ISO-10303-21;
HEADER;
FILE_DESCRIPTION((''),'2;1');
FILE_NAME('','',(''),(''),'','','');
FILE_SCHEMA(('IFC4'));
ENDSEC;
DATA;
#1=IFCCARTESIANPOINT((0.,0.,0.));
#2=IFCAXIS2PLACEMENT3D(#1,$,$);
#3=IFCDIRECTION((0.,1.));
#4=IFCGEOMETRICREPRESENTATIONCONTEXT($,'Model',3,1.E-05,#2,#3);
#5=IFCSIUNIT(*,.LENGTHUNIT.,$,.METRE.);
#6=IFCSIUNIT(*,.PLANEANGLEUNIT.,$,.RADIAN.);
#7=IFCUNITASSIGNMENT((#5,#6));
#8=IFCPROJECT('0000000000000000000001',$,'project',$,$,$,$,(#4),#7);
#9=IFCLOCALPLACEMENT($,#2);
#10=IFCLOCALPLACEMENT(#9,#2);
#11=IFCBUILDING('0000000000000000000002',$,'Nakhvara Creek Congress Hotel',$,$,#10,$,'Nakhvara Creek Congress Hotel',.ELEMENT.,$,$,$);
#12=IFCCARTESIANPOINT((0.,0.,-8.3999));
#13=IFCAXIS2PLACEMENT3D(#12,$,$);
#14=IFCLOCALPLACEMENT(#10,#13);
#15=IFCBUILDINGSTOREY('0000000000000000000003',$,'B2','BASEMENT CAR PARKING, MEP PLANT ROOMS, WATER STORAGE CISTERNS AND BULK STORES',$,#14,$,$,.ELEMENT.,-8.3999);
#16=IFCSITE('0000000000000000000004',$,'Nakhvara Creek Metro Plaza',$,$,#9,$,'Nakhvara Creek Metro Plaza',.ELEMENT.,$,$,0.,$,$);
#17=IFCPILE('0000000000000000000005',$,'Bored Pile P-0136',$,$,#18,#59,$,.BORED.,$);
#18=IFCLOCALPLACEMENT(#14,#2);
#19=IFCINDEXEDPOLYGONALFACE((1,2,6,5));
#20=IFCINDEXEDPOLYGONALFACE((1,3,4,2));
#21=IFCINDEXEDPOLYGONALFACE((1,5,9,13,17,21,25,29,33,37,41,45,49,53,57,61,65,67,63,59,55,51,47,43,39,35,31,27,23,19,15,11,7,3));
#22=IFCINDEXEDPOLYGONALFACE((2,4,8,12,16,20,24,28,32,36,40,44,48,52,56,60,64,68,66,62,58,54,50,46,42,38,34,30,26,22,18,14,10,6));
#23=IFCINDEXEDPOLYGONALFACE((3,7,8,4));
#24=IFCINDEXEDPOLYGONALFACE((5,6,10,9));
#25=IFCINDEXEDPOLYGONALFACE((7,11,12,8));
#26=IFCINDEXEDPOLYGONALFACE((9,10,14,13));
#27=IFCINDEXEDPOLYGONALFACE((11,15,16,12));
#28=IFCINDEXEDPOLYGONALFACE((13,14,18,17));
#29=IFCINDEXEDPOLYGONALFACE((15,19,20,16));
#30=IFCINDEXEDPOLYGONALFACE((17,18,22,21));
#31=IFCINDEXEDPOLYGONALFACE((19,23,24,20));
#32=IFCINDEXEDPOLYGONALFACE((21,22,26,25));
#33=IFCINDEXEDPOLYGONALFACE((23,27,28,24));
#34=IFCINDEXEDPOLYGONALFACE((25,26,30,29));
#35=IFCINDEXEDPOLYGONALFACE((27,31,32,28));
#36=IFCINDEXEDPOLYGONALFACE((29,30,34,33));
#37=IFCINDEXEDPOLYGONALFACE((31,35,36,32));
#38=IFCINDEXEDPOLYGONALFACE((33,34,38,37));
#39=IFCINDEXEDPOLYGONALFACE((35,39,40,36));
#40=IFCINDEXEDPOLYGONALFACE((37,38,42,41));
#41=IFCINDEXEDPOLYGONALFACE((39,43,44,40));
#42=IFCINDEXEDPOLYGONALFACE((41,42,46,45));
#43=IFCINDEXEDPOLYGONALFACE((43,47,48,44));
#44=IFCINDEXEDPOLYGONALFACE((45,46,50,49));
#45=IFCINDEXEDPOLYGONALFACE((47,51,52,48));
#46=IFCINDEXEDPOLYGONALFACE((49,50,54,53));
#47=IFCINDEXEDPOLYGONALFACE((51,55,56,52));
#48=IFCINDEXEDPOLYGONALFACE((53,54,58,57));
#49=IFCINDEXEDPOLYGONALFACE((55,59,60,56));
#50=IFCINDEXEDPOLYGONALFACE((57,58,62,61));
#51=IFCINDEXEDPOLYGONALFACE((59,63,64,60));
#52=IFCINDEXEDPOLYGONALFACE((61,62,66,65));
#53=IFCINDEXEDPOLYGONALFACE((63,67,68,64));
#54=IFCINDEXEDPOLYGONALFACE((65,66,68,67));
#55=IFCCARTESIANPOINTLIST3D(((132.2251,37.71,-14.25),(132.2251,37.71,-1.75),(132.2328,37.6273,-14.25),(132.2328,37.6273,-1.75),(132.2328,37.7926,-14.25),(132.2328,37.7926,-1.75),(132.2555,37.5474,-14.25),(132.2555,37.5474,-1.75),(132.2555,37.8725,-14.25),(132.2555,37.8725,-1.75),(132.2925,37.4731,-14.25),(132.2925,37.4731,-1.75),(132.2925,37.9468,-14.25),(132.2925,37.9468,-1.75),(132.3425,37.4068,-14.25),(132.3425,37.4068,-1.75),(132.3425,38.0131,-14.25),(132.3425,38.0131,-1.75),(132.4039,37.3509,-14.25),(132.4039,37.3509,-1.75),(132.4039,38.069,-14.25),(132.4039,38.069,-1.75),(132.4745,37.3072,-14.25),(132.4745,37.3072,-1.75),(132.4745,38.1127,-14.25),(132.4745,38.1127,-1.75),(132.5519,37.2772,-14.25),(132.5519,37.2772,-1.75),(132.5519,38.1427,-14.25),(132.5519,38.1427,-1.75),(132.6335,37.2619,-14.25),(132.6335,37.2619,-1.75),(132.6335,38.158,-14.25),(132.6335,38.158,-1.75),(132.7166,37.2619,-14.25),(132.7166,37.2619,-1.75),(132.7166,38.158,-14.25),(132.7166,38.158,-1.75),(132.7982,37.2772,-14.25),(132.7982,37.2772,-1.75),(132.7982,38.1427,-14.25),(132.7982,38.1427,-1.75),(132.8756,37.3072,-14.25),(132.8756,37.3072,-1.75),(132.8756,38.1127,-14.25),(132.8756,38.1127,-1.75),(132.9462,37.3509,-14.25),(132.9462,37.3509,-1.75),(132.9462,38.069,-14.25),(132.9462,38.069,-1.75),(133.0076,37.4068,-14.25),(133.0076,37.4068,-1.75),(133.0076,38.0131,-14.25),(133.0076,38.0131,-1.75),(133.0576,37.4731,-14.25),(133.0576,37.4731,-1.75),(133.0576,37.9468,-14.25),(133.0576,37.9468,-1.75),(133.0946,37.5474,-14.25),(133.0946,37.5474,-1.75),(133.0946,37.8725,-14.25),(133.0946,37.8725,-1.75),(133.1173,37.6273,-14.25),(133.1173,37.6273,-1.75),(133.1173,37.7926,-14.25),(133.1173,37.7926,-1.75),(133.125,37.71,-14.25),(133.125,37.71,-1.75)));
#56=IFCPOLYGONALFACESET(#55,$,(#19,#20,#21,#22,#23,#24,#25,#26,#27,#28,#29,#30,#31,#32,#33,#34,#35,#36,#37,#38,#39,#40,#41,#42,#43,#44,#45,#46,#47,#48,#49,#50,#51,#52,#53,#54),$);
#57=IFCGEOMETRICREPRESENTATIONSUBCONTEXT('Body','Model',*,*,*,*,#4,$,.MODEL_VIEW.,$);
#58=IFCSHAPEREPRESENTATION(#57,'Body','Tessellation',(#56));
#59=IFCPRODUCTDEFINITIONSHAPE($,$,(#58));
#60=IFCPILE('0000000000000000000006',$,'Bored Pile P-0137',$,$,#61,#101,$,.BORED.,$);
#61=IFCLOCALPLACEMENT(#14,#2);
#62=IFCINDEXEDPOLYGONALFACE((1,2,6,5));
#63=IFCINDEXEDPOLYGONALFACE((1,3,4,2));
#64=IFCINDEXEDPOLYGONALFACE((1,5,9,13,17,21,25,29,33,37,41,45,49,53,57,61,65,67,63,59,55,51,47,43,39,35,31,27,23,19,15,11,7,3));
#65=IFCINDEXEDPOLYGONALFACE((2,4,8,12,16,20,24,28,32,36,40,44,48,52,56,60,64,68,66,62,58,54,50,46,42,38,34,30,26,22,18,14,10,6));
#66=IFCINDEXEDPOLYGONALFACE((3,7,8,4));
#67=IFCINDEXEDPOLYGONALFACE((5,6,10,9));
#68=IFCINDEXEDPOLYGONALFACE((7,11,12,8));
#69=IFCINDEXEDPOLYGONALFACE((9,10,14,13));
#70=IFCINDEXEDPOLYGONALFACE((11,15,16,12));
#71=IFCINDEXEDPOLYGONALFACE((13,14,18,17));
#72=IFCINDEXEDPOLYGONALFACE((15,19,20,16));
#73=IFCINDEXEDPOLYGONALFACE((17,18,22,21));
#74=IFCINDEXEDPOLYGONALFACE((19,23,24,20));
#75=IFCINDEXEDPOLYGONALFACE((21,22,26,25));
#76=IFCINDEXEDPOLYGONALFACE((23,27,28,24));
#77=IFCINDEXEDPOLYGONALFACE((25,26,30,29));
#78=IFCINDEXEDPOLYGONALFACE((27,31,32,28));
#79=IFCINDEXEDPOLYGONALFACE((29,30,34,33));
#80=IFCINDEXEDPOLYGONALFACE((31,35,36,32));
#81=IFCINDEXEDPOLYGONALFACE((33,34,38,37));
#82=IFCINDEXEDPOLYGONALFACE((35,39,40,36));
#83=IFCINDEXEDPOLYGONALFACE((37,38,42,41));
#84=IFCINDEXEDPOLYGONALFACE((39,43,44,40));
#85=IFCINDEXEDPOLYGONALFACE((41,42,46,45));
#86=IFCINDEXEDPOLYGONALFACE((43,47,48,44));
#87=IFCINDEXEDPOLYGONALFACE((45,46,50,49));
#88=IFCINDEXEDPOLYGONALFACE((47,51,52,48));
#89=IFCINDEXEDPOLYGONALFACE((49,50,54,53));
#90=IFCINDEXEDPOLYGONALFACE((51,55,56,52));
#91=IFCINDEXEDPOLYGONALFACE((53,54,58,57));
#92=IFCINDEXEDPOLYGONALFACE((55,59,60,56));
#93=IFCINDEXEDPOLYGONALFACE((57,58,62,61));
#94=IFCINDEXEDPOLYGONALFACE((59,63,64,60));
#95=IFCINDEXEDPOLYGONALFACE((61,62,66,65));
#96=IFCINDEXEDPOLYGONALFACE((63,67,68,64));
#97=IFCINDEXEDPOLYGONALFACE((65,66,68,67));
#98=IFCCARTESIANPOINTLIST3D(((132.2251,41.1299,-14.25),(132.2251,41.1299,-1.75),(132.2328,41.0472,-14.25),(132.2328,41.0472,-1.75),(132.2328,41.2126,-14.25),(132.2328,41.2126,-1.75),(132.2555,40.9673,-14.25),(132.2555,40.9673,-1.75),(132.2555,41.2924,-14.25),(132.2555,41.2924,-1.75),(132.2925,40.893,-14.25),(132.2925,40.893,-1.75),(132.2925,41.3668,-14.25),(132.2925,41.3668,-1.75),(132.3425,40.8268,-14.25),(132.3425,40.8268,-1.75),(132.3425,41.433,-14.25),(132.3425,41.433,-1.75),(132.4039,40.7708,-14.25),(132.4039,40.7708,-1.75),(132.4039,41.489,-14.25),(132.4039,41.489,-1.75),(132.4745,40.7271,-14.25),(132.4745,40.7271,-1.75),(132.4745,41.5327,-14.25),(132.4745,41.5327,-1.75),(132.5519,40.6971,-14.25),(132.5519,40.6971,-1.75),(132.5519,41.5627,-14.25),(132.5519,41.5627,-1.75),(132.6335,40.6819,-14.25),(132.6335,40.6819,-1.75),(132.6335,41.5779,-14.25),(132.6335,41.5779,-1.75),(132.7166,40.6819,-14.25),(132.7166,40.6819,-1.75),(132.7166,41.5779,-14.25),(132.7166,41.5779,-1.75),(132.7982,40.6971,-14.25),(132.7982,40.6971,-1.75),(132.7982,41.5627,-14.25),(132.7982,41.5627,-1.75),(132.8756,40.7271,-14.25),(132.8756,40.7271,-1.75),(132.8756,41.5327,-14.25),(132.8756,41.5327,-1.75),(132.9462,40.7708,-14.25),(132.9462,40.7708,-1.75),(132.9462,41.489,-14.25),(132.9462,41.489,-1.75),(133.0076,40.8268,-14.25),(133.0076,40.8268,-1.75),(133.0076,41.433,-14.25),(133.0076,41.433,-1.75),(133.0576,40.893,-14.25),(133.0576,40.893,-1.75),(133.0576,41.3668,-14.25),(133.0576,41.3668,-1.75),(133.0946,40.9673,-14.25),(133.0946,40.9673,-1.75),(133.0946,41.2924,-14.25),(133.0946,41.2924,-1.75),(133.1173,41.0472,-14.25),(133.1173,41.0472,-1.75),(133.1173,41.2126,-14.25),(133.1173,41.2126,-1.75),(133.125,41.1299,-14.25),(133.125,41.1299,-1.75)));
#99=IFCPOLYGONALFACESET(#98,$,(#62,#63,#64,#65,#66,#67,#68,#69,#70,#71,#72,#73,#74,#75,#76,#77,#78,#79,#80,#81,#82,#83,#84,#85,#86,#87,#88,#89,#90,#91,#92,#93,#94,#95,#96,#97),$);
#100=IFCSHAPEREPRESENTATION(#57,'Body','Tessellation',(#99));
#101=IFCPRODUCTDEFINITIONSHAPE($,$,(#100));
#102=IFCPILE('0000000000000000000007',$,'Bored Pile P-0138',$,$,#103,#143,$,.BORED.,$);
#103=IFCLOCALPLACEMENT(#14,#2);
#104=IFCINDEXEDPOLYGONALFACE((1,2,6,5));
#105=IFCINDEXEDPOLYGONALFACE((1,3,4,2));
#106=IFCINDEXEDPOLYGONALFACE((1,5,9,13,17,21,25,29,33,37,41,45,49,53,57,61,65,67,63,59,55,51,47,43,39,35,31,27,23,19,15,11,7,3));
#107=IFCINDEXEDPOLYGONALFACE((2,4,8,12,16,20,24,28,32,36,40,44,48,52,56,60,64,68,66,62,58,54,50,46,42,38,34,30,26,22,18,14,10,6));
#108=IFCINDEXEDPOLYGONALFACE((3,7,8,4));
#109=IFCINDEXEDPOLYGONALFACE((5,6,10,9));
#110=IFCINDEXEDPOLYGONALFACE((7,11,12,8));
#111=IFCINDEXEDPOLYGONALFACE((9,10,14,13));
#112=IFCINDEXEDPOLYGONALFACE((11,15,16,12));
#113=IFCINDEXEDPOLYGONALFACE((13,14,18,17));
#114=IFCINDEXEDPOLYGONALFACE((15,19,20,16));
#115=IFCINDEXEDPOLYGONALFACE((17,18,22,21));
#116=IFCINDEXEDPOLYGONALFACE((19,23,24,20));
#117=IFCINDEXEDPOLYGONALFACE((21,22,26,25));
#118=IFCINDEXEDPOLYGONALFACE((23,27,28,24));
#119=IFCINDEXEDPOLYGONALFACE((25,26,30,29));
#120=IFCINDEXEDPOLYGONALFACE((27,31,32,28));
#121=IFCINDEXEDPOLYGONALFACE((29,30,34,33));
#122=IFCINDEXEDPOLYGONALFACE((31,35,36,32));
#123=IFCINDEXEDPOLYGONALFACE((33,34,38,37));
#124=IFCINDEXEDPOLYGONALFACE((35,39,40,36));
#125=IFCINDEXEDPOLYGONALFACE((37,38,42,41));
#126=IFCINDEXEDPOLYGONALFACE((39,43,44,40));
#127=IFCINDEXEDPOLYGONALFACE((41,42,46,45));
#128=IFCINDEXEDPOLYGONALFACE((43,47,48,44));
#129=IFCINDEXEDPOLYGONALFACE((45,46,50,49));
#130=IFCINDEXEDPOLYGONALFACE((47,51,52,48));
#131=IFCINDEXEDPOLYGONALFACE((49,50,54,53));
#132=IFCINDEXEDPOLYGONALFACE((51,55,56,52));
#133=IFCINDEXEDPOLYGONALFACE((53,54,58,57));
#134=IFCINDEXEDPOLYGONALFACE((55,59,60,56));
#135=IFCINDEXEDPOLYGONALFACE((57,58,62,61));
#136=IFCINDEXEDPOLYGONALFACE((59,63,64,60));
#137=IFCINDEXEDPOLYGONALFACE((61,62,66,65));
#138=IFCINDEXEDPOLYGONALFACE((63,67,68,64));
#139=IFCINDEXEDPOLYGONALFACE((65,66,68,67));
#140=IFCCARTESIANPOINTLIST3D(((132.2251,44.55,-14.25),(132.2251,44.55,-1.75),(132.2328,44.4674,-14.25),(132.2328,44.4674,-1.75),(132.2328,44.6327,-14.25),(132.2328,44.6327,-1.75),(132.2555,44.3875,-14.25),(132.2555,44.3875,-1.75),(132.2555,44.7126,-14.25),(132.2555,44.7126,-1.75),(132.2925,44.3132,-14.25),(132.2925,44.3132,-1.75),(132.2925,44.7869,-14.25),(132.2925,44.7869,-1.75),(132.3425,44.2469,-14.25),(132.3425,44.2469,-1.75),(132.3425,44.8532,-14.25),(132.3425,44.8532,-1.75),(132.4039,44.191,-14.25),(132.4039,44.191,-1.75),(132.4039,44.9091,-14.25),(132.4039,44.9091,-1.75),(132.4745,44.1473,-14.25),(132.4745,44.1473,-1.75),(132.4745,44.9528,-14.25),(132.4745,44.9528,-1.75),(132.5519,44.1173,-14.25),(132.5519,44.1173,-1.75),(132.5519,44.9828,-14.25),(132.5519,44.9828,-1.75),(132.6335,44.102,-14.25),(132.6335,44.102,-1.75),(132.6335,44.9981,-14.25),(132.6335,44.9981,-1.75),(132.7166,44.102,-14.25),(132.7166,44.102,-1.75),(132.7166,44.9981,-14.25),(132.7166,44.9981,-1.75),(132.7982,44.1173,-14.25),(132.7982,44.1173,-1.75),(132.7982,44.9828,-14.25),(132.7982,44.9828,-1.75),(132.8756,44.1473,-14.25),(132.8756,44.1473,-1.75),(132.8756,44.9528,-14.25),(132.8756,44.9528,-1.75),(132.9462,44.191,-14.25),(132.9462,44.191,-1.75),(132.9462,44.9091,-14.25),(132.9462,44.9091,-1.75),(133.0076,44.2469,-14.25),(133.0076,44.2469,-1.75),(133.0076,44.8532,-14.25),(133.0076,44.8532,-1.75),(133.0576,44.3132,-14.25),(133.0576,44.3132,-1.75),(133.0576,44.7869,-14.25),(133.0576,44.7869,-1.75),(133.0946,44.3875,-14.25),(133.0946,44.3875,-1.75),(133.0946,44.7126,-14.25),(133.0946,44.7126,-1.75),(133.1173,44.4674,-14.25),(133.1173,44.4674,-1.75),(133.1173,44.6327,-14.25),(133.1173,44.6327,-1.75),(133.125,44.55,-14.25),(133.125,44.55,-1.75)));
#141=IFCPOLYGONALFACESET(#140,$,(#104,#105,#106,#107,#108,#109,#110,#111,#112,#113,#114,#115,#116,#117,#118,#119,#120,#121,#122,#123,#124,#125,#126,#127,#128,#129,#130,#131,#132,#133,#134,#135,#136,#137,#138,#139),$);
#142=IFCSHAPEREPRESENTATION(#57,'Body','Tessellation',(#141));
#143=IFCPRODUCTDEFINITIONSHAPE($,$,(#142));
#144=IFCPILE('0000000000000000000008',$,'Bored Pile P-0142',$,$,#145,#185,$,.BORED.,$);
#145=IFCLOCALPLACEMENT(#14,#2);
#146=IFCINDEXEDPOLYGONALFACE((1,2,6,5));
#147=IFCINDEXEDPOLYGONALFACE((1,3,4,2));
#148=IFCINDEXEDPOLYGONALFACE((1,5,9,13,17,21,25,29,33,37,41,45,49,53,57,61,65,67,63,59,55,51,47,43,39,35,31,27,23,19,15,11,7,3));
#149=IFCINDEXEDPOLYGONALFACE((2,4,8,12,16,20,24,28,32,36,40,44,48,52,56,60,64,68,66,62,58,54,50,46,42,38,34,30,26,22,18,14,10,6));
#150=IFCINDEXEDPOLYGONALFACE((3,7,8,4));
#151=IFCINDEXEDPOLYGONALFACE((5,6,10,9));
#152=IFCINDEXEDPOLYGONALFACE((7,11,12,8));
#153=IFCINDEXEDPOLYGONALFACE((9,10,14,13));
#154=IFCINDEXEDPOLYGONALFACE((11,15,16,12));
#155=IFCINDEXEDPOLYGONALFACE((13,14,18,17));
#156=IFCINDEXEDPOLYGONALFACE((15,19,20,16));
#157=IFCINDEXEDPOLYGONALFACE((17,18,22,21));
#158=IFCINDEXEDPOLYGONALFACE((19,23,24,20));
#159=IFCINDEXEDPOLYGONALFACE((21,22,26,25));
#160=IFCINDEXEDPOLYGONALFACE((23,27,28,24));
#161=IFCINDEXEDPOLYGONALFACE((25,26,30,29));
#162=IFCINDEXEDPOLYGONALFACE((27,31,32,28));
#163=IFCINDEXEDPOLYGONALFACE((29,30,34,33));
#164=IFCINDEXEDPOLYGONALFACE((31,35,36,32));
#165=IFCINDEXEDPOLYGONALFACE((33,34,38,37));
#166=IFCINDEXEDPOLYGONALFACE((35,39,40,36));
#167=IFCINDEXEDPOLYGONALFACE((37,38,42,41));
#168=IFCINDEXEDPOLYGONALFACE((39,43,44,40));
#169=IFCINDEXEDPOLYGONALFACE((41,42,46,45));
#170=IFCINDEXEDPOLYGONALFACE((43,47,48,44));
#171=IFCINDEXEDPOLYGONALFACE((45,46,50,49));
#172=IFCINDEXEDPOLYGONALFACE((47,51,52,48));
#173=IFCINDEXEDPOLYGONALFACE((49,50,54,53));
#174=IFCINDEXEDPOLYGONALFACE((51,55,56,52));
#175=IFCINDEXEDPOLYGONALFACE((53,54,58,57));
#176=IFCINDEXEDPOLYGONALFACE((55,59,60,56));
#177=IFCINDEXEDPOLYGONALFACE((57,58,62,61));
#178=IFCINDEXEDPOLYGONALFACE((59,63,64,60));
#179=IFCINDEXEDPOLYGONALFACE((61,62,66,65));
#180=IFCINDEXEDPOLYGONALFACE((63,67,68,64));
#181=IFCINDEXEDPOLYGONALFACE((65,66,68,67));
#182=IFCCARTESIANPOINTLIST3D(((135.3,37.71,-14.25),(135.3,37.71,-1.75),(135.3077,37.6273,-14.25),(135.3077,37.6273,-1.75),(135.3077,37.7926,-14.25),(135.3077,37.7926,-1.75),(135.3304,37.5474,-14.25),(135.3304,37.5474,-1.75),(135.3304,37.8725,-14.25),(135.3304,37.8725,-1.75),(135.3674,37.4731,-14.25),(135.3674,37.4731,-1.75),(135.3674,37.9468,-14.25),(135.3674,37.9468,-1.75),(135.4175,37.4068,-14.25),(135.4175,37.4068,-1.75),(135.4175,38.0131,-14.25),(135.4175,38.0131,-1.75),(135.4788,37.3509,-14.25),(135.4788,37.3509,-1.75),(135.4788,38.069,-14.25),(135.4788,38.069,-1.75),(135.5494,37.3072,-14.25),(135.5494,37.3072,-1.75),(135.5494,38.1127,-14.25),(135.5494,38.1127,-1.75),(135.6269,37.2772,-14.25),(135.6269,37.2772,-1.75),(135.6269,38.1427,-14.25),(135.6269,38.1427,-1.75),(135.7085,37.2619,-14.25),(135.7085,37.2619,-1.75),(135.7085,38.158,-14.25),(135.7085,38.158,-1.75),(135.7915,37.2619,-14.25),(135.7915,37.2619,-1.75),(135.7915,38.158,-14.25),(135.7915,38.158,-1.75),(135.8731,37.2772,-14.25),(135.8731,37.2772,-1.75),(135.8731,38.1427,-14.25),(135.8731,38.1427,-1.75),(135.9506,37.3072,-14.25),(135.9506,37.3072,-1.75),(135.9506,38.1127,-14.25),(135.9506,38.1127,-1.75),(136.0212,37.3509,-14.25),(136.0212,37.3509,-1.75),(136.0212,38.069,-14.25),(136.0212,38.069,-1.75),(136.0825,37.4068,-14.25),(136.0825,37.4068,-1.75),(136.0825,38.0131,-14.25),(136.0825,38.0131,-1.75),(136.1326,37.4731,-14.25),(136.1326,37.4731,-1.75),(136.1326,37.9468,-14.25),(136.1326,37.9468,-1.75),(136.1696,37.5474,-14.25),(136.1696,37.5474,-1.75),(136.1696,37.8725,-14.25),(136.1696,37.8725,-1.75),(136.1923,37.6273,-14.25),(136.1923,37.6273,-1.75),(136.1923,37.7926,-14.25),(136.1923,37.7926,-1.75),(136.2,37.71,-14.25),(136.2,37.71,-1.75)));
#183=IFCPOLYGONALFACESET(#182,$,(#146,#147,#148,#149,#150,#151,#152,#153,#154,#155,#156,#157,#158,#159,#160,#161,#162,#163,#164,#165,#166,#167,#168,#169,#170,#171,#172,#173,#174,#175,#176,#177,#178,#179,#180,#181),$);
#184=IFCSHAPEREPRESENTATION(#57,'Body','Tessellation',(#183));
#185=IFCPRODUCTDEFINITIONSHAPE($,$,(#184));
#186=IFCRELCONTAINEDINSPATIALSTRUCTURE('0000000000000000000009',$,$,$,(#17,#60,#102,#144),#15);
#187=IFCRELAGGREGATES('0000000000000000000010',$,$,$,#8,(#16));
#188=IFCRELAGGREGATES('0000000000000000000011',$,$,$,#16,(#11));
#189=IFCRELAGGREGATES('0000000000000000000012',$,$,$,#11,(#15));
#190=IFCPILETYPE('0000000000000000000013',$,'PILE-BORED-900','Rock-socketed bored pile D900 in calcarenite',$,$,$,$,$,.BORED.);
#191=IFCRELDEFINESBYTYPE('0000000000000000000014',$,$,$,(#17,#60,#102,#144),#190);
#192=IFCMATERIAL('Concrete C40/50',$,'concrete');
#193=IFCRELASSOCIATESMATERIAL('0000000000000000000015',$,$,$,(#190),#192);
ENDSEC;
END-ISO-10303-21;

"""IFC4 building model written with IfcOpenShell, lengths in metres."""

from ifc_helpers import new_model, si_unit, direction, frame, origin, origin_2d, place, context, subcontext, project, spatial, circle, extrude, material, material_profile, profile_set, type_object, element, save


model = new_model("IFC4")

# Units and contexts
model_context = context("Model", 3, precision=1e-05, world=origin(), true_north=direction((0.0, 1.0)))
body_context = subcontext(model_context, "Body", "Model", "MODEL_VIEW")
ifc_project = project(units=[si_unit("LENGTHUNIT", "METRE"), si_unit("PLANEANGLEUNIT", "RADIAN")], contexts=[model_context])

# Site, building, storey
site_placement = place(None, origin())
site = spatial("IfcSite", under=ifc_project, at=site_placement, Name="Nakhvara Creek Metro Plaza", LongName="Nakhvara Creek Metro Plaza", CompositionType="ELEMENT", RefElevation=0.0)
building_placement = place(site_placement, origin())
building = spatial("IfcBuilding", under=site, at=building_placement, Name="Nakhvara Creek Congress Hotel", LongName="Nakhvara Creek Congress Hotel", CompositionType="ELEMENT")
storey_placement = place(building_placement, frame((0.0, 0.0, -8.3999)))
storey = spatial("IfcBuildingStorey", under=building, at=storey_placement, Name="B2", Description="BASEMENT CAR PARKING, MEP PLANT ROOMS, WATER STORAGE CISTERNS AND BULK STORES", CompositionType="ELEMENT", Elevation=-8.3999)

# Shared definitions
ifc_material_1 = material(Name="Concrete C40/50", Category="concrete")

# Piles
ifc_material_profile_1 = material_profile(ifc_material_1, circle(Radius=0.45, at=origin_2d()), Name="BORED PILE D900", Category="LoadBearing")
ifc_profile_set_1 = profile_set([ifc_material_profile_1], Name="Concrete C40/50")
pile_type = type_object("IfcPileType", Name="PILE-BORED-900", Description="Rock-socketed bored pile D900 in calcarenite", PredefinedType="BORED", material=ifc_profile_set_1)
for number, where, z_axis, x_axis, name in (
    (1, (132.675, 37.71, -1.75), (0.0, 0.0, -1.0), (1.0, 0.0, 0.0), "Bored Pile P-0136"),
    (2, (132.675, 41.1299, -1.75), (0.0, 0.0, -1.0), (1.0, 0.0, 0.0), "Bored Pile P-0137"),
    (3, (132.675, 44.55, -1.75), (0.0, 0.0, -1.0), (1.0, 0.0, 0.0), "Bored Pile P-0138"),
    (4, (135.75, 37.71, -1.75), (0.0, 0.0, -1.0), (1.0, 0.0, 0.0), "Bored Pile P-0142"),
):
    element("IfcPile", number, at=place(storey_placement, frame(where, z_axis=z_axis, x_axis=x_axis)), inside=storey, type_object=pile_type, Name=name, PredefinedType="BORED", context=body_context, shape_type="SweptSolid", body=[
        extrude(circle(Radius=0.45, at=origin_2d()), origin(), (0.0, 0.0, 1.0), 12.5),
    ])

save(model, "model.ifc")
